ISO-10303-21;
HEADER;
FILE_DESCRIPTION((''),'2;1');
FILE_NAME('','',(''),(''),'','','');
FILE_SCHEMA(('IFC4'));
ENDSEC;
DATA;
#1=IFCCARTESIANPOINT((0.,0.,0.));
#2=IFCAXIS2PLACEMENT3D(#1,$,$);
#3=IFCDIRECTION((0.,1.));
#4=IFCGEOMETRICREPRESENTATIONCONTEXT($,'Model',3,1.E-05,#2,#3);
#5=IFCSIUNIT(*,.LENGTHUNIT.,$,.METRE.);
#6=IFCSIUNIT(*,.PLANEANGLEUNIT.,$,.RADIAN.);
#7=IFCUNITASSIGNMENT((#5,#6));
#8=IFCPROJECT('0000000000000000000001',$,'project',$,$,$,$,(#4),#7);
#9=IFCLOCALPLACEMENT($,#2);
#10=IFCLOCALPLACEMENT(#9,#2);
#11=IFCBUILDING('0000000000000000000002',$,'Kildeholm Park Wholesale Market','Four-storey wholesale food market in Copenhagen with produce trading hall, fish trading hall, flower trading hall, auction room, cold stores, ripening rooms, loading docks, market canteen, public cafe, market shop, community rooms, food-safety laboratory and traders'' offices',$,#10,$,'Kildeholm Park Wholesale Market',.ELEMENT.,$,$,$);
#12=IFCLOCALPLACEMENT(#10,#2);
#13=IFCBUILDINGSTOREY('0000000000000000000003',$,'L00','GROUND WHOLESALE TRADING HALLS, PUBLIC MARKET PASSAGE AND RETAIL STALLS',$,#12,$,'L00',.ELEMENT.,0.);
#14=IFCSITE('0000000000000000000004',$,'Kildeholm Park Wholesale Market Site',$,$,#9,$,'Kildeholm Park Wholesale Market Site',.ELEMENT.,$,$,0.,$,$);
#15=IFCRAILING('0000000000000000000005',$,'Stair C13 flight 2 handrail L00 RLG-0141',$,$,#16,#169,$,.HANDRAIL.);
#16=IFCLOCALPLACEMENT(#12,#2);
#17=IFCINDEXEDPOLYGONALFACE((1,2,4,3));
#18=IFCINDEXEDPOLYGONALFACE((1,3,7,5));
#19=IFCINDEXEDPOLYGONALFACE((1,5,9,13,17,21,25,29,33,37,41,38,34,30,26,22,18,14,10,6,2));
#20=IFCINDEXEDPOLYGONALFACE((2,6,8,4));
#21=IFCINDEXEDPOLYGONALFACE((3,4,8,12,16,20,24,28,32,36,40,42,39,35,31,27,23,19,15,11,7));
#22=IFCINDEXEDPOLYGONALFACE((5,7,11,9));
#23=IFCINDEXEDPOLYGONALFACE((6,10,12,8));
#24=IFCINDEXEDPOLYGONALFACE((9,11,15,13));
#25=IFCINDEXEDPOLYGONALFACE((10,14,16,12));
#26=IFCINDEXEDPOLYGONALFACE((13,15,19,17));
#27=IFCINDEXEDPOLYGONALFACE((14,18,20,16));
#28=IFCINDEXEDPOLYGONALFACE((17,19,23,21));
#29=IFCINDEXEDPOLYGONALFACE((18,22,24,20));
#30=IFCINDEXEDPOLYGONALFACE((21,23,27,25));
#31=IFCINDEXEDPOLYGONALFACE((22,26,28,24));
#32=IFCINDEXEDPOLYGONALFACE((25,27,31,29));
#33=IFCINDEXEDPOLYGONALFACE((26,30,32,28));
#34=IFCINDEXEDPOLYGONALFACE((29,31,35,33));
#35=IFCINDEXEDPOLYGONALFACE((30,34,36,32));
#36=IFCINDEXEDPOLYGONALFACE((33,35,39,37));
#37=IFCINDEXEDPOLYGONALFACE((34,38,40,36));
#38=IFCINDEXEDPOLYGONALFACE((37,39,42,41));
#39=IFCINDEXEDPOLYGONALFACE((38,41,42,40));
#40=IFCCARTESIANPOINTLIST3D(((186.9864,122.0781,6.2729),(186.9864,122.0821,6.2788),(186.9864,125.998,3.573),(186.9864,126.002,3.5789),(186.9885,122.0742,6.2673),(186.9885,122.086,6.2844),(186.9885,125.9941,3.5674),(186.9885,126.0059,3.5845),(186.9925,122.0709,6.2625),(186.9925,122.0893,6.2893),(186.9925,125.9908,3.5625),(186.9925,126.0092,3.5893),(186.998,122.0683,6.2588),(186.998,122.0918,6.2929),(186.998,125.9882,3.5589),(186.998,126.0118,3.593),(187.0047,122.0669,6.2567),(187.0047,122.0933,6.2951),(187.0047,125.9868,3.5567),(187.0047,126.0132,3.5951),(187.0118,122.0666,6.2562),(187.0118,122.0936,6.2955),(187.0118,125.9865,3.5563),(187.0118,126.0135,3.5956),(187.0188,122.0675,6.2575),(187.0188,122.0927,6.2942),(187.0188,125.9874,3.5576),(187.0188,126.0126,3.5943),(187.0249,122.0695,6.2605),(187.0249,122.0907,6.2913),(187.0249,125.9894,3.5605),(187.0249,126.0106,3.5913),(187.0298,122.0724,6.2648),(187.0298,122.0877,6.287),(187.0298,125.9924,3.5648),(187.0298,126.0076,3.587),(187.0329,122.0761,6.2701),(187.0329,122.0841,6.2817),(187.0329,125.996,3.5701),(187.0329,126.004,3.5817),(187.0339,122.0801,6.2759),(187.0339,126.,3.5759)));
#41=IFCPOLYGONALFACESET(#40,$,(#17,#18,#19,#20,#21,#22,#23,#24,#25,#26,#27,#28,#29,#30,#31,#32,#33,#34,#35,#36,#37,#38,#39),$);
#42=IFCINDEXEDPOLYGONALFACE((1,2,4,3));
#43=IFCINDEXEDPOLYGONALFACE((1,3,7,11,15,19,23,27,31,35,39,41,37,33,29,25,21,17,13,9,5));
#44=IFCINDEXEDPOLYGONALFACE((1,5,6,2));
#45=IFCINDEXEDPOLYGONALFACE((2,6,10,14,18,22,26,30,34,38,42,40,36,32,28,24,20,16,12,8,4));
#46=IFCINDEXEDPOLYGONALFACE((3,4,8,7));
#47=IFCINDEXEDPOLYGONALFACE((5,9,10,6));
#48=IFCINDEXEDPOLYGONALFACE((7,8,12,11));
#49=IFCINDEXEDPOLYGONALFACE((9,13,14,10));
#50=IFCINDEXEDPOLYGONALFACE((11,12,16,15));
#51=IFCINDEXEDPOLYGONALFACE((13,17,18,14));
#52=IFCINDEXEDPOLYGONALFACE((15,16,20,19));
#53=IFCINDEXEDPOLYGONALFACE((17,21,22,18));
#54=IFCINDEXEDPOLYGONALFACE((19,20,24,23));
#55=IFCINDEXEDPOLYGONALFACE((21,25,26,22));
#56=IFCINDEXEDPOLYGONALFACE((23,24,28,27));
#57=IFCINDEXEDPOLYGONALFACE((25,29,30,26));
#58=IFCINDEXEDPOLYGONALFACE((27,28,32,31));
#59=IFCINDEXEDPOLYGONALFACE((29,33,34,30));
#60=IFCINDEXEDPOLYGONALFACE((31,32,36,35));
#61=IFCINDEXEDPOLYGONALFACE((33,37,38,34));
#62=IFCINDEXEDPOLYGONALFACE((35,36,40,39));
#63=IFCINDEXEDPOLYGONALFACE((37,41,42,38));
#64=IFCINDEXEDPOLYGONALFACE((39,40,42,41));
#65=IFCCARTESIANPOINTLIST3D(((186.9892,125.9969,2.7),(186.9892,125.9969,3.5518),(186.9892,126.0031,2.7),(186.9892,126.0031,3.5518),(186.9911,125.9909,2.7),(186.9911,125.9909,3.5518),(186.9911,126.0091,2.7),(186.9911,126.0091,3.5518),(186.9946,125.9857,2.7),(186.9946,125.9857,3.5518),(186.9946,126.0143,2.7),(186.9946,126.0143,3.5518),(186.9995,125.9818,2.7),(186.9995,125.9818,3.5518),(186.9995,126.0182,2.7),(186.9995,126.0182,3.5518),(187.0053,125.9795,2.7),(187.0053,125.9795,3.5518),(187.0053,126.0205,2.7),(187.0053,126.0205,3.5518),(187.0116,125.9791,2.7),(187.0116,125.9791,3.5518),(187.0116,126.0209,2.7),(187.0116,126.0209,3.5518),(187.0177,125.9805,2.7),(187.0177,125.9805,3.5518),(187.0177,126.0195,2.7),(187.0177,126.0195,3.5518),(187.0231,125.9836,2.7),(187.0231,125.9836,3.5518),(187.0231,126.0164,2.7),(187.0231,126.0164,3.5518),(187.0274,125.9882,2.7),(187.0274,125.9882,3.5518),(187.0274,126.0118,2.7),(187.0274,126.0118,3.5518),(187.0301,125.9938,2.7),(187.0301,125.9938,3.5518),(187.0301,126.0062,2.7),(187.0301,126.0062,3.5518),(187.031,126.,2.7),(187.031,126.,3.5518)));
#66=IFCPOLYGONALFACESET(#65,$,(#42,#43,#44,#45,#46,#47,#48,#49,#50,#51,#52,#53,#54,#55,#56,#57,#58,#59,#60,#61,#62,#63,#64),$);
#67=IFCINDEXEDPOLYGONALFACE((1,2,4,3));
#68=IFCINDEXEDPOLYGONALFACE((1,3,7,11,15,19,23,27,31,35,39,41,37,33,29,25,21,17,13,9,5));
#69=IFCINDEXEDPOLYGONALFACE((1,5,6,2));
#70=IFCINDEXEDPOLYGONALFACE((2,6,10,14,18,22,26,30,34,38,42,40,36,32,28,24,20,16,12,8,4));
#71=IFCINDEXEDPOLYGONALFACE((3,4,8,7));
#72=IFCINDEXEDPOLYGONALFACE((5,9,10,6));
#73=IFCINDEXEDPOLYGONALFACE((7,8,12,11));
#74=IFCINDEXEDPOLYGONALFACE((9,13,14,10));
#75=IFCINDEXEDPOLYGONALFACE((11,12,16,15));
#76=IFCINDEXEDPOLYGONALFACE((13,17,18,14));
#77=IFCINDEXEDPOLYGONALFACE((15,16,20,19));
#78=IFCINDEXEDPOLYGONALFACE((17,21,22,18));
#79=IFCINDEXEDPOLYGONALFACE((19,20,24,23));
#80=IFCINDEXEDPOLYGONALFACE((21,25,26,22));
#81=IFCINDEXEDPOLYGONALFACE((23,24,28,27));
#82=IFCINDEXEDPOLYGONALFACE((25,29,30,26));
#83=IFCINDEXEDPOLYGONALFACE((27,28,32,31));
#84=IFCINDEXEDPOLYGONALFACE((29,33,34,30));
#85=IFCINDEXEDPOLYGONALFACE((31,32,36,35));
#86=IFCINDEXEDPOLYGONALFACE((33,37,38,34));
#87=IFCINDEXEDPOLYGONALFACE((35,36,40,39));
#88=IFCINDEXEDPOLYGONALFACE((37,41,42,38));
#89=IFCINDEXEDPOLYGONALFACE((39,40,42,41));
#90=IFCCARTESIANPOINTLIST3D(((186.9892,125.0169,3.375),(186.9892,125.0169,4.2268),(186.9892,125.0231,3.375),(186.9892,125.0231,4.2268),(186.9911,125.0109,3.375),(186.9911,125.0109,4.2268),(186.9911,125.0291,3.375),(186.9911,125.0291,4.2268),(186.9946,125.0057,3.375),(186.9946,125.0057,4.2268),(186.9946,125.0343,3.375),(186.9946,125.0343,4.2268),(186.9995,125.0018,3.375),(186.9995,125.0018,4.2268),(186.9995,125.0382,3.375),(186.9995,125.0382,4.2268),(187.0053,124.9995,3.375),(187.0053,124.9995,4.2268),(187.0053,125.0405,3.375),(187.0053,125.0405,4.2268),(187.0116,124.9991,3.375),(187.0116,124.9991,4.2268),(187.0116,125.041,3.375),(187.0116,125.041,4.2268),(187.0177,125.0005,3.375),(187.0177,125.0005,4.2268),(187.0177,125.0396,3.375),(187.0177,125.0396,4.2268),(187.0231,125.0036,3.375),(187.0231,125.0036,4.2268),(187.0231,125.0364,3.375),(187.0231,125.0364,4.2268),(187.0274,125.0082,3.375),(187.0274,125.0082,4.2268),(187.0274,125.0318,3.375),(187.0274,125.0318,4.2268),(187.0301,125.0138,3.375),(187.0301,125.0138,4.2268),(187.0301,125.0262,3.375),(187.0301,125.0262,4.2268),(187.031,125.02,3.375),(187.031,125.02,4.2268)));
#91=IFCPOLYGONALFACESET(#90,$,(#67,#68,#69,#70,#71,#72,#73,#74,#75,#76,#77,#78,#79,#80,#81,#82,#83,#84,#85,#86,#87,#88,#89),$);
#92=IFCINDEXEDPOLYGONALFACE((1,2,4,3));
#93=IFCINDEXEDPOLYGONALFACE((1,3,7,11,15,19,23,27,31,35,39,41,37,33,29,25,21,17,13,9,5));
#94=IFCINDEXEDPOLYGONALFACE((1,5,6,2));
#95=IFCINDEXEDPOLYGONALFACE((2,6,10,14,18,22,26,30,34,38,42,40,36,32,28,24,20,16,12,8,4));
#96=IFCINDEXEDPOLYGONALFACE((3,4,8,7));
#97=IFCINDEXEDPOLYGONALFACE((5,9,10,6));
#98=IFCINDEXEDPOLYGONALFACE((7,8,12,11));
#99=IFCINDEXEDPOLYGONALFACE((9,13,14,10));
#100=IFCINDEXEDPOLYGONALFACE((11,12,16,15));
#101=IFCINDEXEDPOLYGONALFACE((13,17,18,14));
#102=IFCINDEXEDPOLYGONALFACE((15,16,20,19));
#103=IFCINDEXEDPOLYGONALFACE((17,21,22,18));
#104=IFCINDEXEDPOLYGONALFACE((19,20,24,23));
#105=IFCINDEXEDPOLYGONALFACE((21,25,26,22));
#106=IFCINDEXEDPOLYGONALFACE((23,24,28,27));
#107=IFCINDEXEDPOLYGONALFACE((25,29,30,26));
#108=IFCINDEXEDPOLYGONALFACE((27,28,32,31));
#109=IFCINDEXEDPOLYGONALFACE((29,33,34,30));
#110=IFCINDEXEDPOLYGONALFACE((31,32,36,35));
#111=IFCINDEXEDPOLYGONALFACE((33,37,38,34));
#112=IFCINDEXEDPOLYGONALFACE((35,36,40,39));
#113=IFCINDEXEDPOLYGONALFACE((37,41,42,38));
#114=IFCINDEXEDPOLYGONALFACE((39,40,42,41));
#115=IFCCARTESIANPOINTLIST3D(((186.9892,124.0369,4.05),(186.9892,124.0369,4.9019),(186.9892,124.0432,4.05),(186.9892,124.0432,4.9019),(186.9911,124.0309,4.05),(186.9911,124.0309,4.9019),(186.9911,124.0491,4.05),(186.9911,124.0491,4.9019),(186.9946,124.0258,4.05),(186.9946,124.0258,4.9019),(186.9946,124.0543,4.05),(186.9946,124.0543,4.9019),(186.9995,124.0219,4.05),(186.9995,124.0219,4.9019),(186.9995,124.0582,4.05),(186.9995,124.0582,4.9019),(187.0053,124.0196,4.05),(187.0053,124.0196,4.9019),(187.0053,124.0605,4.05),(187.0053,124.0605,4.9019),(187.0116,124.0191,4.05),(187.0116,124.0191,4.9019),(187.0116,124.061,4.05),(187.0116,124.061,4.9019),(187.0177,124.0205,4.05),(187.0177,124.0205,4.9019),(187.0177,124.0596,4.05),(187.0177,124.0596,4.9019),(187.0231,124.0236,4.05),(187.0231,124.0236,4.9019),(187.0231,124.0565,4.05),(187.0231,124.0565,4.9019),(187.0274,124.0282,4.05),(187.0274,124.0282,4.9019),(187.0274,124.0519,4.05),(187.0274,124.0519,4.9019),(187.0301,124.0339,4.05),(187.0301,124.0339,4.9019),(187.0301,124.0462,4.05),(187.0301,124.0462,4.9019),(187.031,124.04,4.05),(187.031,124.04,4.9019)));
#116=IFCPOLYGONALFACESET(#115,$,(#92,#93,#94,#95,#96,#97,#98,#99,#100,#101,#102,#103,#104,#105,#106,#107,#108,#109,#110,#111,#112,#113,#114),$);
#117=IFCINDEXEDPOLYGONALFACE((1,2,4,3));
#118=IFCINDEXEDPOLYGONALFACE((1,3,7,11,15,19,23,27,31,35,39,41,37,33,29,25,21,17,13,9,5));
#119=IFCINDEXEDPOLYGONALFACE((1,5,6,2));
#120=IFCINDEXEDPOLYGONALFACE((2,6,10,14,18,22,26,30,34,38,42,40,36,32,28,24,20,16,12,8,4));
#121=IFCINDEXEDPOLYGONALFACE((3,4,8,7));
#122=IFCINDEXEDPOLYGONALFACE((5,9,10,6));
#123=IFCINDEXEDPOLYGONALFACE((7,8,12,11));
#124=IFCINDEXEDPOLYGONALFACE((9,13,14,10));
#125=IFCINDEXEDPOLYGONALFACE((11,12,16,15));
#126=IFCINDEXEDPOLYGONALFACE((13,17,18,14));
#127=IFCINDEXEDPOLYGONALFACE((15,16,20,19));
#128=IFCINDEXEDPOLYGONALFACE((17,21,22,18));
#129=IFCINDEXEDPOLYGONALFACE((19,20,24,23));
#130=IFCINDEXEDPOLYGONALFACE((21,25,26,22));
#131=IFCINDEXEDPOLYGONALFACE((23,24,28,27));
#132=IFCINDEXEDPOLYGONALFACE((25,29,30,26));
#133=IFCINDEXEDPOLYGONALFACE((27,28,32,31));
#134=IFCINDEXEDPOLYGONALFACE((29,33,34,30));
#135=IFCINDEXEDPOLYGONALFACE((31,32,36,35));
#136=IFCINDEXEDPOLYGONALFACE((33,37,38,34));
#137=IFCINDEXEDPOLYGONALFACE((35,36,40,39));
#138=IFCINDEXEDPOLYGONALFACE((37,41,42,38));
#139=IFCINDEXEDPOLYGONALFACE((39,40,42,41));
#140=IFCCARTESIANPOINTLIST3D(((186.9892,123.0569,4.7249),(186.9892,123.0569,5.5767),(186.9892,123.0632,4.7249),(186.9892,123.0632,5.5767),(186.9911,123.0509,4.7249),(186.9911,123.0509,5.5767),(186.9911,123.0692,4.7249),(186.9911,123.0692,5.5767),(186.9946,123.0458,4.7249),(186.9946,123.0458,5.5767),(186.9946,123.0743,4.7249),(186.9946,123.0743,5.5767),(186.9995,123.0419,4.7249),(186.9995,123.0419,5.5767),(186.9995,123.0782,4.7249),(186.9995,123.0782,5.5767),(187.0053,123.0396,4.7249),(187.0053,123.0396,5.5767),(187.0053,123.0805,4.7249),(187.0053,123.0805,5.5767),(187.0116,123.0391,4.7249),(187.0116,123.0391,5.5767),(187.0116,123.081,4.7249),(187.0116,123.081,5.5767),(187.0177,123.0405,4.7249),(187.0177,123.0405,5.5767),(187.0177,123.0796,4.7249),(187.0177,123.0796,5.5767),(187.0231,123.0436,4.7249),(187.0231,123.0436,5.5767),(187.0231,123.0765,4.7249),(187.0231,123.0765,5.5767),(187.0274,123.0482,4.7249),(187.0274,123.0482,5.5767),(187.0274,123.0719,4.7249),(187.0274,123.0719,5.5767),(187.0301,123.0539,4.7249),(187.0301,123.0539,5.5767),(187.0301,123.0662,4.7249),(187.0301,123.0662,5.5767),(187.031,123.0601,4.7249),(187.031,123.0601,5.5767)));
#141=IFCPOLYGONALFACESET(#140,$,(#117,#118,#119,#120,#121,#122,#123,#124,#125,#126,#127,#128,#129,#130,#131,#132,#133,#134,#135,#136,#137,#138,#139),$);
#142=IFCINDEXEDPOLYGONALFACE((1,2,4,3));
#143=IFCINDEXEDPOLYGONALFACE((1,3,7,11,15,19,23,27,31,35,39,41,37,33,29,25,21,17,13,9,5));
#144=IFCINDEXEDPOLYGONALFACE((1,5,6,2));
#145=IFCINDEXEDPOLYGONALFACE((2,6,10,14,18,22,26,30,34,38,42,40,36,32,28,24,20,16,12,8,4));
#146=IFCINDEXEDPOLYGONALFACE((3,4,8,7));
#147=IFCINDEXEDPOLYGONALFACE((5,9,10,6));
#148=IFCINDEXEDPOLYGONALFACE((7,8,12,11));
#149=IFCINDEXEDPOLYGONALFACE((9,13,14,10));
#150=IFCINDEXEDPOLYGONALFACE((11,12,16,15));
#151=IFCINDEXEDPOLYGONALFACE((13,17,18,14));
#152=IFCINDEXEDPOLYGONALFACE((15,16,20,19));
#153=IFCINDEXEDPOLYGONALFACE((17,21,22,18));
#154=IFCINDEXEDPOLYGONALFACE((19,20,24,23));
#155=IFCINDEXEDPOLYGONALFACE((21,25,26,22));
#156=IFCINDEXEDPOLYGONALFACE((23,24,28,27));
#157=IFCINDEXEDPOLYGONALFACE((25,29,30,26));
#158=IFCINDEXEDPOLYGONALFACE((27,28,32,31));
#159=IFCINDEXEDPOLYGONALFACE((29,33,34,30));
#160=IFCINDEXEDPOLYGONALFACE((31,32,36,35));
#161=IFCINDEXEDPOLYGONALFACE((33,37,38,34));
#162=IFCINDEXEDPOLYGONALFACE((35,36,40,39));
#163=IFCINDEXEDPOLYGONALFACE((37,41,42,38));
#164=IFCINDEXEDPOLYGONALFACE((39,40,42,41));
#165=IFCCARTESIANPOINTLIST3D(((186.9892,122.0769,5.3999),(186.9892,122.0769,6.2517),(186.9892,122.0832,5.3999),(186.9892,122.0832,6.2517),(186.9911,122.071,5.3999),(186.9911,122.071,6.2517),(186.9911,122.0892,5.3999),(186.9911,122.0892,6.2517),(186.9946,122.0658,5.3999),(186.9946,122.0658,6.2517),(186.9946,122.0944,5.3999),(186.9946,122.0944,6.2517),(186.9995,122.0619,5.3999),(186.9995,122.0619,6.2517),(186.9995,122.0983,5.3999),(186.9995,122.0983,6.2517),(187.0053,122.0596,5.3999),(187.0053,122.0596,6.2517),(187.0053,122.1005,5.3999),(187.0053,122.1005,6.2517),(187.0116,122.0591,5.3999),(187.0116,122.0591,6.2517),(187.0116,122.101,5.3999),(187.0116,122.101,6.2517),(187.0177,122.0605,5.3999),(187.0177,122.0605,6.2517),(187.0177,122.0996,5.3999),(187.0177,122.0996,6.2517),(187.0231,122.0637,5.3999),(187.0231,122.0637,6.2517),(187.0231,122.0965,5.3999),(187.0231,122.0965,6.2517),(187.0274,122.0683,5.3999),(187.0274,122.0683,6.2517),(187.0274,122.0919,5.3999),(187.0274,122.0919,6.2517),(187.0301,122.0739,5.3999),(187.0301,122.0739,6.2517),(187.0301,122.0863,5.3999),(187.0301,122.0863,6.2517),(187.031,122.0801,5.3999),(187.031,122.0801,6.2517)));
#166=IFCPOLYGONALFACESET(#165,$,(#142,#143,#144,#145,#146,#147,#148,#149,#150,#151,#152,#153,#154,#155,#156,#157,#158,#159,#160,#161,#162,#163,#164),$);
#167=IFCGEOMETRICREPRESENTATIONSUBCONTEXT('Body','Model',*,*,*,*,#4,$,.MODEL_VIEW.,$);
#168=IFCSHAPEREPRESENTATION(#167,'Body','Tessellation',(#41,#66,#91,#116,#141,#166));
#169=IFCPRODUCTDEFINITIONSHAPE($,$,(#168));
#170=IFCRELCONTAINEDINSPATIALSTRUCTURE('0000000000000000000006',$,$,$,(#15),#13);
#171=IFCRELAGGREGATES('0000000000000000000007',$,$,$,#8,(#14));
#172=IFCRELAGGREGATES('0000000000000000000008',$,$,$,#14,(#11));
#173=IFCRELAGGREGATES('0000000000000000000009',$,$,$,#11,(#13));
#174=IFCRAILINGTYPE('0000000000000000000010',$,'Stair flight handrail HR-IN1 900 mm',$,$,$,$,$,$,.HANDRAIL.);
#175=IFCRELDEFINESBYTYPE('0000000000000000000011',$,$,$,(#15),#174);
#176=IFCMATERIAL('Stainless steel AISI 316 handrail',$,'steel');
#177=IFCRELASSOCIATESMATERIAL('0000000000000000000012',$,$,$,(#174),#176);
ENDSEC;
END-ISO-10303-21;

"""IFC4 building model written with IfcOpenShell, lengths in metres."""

from ifc_helpers import new_model, si_unit, direction, frame, origin, origin_2d, place, context, subcontext, project, spatial, circle, extrude, material, type_object, element, save


model = new_model("IFC4")

# Units and contexts
model_context = context("Model", 3, precision=1e-05, world=origin(), true_north=direction((0.0, 1.0)))
body_context = subcontext(model_context, "Body", "Model", "MODEL_VIEW")
ifc_project = project(units=[si_unit("LENGTHUNIT", "METRE"), si_unit("PLANEANGLEUNIT", "RADIAN")], contexts=[model_context])

# Site, building, storey
site_placement = place(None, origin())
site = spatial("IfcSite", under=ifc_project, at=site_placement, Name="Kildeholm Park Wholesale Market Site", LongName="Kildeholm Park Wholesale Market Site", CompositionType="ELEMENT", RefElevation=0.0)
building_placement = place(site_placement, origin())
building = spatial("IfcBuilding", under=site, at=building_placement, Name="Kildeholm Park Wholesale Market", Description="Four-storey wholesale food market in Copenhagen with produce trading hall, fish trading hall, flower trading hall, auction room, cold stores, ripening rooms, loading docks, market canteen, public cafe, market shop, community rooms, food-safety laboratory and traders' offices", LongName="Kildeholm Park Wholesale Market", CompositionType="ELEMENT")
storey_placement = place(building_placement, origin())
storey = spatial("IfcBuildingStorey", under=building, at=storey_placement, Name="L00", Description="GROUND WHOLESALE TRADING HALLS, PUBLIC MARKET PASSAGE AND RETAIL STALLS", LongName="L00", CompositionType="ELEMENT", Elevation=0.0)

# Railing
ifc_material_1 = material(Name="Stainless steel AISI 316 handrail", Category="steel")
railing_type_1 = type_object("IfcRailingType", Name="Stair flight handrail HR-IN1 900 mm", PredefinedType="HANDRAIL", material=ifc_material_1)
railing_1_placement = place(storey_placement, frame((187.01, 126.0, 2.7)))
element("IfcRailing", 1, at=railing_1_placement, inside=storey, type_object=railing_type_1, Name="Stair C13 flight 2 handrail L00 RLG-0141", PredefinedType="HANDRAIL", context=body_context, shape_type="SweptSolid", body=[
    extrude(circle(Radius=0.0239, at=origin_2d()), frame((0.0, 0.0, 0.876), z_axis=(0.0, -0.823551, 0.567243), x_axis=(1.0, 0.0, 0.0)), (0.0, 0.0, 1.0), 4.7598),
    extrude(circle(Radius=0.021, at=origin_2d()), origin(), (0.0, 0.0, 1.0), 0.8518),
    extrude(circle(Radius=0.021, at=origin_2d()), frame((0.0, -0.98, 0.675)), (0.0, 0.0, 1.0), 0.8518),
    extrude(circle(Radius=0.021, at=origin_2d()), frame((0.0, -1.96, 1.3501)), (0.0, 0.0, 1.0), 0.8518),
    extrude(circle(Radius=0.021, at=origin_2d()), frame((0.0, -2.9399, 2.0249)), (0.0, 0.0, 1.0), 0.8518),
    extrude(circle(Radius=0.021, at=origin_2d()), frame((0.0, -3.9199, 2.7)), (0.0, 0.0, 1.0), 0.8518),
])

save(model, "model.ifc")
